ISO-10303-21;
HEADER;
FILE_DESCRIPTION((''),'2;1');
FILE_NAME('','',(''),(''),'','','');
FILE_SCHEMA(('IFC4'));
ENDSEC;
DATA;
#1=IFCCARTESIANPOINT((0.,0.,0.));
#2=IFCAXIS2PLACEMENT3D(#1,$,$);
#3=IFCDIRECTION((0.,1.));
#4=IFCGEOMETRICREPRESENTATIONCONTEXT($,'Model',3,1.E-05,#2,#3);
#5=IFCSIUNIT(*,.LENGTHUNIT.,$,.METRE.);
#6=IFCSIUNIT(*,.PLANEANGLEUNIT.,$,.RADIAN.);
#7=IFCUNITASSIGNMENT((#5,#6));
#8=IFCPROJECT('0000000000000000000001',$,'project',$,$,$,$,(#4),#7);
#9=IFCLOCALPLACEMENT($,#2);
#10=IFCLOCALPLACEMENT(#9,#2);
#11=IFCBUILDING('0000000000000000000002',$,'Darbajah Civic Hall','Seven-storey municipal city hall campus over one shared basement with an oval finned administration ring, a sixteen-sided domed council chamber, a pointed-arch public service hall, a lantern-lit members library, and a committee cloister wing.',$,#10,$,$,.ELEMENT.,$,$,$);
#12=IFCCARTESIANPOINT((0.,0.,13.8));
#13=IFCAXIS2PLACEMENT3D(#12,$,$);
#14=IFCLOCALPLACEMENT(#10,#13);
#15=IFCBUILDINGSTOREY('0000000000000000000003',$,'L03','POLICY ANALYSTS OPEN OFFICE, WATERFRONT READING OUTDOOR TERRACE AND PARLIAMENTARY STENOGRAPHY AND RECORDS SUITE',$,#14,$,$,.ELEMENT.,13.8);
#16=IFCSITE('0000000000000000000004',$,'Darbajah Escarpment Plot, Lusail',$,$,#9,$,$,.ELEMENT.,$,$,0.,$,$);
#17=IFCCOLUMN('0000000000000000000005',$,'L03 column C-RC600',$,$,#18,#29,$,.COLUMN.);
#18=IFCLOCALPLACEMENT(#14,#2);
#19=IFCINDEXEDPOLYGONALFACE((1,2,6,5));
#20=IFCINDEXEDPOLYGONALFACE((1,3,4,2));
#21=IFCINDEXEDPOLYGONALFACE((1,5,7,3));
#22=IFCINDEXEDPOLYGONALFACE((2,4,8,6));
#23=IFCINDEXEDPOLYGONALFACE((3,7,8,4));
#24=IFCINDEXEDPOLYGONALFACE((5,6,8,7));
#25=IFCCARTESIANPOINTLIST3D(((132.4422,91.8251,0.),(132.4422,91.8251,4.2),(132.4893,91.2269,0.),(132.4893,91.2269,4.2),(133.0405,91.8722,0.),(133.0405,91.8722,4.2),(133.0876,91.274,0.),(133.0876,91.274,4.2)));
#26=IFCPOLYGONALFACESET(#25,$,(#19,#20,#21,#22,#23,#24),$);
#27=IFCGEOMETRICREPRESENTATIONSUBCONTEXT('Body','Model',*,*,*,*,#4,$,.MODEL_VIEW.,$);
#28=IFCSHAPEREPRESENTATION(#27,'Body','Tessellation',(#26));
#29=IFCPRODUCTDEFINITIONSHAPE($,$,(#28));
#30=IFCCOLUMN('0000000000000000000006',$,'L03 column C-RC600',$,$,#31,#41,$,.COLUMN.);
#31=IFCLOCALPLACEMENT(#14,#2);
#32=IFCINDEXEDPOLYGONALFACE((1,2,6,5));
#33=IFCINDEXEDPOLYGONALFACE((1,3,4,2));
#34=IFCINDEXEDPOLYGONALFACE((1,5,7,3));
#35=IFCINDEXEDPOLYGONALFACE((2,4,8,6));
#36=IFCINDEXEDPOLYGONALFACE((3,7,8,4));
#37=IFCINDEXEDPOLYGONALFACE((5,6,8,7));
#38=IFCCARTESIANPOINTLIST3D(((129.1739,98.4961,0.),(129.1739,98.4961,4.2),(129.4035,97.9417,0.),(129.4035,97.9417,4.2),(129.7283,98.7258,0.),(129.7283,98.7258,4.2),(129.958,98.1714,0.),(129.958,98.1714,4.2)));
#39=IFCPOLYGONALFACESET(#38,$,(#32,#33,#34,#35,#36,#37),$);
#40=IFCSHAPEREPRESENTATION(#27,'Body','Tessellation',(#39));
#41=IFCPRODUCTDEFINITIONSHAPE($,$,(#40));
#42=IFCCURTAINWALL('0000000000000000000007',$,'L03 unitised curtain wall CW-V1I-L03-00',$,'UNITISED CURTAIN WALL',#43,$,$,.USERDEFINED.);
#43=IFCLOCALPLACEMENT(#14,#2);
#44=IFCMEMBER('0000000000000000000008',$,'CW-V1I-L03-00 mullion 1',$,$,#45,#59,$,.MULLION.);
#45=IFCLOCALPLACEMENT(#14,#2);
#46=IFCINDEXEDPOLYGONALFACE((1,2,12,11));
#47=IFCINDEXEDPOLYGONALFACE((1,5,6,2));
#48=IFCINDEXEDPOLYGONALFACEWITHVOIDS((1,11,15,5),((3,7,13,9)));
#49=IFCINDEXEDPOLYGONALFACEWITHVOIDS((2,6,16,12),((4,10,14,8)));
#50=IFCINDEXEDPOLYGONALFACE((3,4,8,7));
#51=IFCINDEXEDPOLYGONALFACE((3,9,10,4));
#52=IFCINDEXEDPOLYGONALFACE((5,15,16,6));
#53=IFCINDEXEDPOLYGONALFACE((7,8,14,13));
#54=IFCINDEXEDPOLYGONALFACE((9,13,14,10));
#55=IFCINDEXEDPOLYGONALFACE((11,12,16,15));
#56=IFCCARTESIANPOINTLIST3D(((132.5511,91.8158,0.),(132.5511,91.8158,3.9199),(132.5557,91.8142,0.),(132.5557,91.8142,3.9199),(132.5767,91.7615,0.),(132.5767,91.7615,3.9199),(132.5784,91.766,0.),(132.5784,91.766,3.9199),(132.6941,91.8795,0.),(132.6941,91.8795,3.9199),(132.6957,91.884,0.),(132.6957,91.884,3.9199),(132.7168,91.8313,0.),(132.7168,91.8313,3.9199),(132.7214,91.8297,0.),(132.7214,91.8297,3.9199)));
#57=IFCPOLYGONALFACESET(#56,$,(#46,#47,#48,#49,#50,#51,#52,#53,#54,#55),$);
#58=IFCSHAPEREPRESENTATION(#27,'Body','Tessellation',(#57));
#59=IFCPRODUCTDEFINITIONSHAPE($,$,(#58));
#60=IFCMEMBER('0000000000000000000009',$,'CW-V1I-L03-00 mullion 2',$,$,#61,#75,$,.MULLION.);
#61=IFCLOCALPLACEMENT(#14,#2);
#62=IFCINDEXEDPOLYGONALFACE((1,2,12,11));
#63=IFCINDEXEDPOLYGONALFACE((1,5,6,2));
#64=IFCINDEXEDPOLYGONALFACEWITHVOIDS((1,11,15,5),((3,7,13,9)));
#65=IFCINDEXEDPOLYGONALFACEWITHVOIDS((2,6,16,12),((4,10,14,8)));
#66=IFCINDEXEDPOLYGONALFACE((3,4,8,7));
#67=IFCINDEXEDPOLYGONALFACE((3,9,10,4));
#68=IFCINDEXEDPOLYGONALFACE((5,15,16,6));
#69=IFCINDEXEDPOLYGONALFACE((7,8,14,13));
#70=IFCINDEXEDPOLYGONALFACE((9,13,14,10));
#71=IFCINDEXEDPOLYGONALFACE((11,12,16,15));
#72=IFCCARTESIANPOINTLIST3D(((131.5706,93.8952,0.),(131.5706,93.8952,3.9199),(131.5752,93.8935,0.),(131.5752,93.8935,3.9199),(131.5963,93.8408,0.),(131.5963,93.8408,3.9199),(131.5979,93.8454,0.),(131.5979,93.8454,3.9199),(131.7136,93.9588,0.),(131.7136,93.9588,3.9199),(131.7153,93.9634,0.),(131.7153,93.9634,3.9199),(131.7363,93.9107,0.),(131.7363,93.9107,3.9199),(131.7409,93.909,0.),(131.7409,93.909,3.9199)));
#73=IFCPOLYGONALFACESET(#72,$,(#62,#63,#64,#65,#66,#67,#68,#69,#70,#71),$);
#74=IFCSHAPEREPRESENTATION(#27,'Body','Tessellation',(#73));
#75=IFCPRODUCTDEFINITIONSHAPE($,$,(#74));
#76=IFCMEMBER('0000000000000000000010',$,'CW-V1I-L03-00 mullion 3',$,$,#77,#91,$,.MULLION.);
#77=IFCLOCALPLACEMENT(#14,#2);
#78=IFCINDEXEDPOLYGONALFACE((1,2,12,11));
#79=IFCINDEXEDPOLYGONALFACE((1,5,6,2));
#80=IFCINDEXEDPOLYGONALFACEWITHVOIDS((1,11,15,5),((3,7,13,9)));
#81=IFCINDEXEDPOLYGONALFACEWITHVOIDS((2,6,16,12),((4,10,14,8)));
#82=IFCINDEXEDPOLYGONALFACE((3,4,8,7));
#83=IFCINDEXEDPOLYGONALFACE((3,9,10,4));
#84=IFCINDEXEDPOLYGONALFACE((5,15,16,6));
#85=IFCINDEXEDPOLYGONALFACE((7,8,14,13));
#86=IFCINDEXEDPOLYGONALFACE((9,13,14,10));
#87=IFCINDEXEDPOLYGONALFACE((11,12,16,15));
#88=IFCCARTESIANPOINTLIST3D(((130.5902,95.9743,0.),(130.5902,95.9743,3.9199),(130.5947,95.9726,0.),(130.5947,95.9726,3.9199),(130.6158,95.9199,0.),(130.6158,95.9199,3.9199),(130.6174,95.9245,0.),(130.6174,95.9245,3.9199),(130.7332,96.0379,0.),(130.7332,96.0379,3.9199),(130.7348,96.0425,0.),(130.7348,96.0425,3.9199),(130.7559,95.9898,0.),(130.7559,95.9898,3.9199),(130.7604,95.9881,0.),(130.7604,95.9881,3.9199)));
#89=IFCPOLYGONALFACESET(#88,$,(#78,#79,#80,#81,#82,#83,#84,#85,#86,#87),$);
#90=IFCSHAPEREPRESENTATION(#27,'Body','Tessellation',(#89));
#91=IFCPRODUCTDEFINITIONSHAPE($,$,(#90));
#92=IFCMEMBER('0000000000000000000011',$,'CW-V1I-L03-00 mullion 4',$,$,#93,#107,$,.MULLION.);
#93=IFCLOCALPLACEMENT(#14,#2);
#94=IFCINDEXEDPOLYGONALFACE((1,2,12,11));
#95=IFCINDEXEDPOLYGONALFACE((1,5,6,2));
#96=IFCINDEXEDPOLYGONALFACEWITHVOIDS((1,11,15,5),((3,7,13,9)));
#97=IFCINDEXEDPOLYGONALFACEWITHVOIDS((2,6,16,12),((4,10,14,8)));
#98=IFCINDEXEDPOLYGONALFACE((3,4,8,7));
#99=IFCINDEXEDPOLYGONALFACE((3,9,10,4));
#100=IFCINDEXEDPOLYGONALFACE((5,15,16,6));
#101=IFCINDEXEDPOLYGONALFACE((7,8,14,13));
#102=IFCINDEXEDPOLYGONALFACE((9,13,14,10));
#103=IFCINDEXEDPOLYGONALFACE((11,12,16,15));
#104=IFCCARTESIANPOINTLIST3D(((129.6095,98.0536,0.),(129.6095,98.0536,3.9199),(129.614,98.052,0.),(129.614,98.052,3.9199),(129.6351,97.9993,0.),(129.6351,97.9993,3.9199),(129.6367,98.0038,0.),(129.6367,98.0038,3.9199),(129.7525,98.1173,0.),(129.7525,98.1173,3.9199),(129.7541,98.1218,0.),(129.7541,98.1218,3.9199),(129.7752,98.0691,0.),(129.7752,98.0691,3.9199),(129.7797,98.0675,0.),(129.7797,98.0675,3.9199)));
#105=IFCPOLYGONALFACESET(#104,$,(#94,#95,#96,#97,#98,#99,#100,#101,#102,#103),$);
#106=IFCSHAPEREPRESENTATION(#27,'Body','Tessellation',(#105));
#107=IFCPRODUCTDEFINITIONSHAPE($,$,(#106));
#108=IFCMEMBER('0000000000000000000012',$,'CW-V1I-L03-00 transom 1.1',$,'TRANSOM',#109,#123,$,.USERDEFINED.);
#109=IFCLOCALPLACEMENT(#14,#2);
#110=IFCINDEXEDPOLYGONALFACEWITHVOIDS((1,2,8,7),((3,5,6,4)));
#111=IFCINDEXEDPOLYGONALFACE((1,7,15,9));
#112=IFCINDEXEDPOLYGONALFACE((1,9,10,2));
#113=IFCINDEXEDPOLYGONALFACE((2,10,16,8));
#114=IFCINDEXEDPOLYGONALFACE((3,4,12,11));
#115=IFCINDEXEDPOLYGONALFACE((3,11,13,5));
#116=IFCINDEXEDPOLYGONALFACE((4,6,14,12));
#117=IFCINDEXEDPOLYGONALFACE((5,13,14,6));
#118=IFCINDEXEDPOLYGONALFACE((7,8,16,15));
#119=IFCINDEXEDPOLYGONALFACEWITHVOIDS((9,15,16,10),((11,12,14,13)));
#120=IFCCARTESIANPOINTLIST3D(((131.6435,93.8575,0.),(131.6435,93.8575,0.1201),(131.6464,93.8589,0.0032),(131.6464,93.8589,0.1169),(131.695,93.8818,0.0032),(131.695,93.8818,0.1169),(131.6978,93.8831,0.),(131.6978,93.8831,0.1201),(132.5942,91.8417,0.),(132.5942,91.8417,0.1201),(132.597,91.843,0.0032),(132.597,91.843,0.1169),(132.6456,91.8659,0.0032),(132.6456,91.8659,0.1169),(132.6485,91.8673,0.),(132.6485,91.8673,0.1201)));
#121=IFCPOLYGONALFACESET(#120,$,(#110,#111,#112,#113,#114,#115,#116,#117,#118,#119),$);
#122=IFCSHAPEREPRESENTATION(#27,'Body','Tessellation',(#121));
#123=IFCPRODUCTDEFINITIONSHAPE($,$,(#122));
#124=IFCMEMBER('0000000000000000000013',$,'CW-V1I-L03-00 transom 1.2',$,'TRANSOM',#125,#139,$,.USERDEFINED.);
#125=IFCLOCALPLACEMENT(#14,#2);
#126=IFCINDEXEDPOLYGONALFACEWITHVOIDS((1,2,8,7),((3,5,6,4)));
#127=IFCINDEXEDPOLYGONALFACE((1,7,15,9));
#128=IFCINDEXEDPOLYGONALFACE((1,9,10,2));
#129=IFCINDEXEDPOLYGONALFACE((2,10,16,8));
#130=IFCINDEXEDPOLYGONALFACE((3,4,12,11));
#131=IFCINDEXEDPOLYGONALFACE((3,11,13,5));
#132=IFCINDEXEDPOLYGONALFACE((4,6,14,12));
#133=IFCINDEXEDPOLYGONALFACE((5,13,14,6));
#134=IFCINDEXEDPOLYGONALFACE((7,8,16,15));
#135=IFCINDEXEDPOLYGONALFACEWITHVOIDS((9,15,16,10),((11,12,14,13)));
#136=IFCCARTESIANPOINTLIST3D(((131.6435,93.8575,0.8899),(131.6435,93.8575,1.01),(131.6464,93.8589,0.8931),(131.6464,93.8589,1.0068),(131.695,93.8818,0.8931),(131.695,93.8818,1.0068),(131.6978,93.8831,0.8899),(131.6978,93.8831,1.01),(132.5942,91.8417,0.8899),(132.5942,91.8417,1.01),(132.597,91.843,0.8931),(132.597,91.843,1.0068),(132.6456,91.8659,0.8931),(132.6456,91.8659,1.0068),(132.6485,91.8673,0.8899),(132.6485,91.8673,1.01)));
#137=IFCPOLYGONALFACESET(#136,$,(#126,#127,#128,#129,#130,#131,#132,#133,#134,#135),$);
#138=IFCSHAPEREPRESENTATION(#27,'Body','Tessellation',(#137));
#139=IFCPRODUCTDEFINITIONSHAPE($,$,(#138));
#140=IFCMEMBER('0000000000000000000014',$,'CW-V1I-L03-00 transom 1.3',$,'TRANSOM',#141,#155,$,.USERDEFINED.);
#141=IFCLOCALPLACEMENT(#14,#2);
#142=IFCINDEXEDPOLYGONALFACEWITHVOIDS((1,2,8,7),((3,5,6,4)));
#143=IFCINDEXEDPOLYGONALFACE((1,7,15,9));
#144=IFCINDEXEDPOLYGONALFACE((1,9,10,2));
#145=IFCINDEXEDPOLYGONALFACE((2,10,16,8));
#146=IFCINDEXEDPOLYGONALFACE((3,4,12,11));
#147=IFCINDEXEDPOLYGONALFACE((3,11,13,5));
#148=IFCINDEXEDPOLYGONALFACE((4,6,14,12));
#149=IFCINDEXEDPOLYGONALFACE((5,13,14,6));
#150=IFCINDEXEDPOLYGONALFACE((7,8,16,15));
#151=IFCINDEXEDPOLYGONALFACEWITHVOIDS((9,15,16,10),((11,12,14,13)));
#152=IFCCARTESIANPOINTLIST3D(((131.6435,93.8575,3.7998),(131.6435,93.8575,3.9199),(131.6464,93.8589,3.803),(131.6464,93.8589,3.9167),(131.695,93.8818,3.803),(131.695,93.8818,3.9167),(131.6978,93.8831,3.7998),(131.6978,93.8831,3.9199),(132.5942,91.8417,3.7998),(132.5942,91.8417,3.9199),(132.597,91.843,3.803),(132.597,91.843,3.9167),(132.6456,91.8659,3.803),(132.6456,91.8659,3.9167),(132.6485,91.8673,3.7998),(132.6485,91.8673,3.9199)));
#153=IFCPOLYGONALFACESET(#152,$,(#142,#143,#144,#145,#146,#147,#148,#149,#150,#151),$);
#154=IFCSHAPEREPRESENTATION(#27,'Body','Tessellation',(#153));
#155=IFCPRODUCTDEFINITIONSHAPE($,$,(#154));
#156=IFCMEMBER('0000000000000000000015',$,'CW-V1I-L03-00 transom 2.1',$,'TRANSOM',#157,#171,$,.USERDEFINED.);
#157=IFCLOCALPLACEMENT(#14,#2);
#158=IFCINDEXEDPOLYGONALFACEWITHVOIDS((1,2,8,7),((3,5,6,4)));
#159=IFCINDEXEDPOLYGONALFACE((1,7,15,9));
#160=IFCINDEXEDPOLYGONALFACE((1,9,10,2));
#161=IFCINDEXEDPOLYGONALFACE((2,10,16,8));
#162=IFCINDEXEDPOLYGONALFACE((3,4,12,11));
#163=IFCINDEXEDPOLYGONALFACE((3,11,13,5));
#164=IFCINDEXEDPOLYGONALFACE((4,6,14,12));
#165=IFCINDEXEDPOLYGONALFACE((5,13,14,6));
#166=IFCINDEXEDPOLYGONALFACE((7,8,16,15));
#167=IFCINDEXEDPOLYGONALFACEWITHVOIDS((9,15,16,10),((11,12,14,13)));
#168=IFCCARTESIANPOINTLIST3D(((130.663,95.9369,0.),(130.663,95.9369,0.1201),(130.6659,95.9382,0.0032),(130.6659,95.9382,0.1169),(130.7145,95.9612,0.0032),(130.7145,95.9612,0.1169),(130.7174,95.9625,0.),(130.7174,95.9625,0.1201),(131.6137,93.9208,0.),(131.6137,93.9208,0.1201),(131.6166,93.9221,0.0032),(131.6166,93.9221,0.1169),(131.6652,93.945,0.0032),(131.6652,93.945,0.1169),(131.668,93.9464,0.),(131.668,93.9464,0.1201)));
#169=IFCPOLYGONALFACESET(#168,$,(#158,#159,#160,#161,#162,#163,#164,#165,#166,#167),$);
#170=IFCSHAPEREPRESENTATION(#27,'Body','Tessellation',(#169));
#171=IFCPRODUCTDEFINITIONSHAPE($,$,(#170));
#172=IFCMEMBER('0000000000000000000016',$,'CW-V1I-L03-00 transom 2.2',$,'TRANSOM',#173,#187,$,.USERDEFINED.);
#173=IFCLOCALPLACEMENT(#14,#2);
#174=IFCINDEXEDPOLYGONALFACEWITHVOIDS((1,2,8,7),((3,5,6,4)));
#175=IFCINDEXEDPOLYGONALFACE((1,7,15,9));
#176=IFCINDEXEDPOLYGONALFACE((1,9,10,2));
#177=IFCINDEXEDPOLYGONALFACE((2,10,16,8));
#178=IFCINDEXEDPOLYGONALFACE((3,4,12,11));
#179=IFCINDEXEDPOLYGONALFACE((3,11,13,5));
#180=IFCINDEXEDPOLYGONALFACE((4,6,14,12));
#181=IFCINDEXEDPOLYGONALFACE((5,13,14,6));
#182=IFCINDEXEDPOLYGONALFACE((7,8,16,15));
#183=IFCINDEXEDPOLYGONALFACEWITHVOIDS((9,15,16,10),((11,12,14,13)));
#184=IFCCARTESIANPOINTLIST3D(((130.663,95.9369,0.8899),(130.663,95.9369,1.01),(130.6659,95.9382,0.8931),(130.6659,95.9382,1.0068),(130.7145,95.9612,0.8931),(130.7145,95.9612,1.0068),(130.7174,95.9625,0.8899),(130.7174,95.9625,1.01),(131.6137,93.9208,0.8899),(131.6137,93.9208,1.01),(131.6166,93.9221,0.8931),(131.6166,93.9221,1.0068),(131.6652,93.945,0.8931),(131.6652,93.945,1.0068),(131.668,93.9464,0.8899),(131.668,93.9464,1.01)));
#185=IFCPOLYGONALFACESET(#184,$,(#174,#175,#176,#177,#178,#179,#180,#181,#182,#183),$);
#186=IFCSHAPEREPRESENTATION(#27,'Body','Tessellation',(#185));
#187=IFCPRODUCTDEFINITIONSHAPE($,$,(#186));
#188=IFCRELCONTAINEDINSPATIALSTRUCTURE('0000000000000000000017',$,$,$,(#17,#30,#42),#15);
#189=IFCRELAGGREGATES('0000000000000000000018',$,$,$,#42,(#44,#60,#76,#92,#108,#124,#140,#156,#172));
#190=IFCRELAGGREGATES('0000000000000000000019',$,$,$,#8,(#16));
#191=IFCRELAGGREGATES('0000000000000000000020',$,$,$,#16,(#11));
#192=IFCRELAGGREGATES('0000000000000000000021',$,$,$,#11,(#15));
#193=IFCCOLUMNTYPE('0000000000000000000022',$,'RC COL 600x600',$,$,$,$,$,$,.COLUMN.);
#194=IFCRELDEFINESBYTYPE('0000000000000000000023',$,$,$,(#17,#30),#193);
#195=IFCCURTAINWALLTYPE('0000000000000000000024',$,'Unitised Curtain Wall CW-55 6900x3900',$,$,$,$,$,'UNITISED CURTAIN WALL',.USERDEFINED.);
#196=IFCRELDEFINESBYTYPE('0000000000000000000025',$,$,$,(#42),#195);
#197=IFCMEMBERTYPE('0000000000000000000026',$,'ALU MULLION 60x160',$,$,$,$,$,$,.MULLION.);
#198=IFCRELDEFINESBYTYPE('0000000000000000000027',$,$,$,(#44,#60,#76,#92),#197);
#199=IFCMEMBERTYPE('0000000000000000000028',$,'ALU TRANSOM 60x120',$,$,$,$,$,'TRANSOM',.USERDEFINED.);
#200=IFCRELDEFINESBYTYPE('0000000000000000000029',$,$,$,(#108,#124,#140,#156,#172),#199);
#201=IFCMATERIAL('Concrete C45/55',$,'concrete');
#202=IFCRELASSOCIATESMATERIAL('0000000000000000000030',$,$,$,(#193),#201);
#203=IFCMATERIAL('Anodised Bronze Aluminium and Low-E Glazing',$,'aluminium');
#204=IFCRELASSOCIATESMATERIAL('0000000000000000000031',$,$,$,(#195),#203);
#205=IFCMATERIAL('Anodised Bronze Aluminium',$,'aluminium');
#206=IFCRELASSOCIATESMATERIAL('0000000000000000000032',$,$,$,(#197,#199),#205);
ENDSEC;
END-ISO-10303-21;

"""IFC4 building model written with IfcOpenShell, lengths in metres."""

from ifc_helpers import new_model, si_unit, direction, frame, origin, origin_2d, place, context, subcontext, project, spatial, rectangle, hollow_rectangle, extrude, material, material_profile, profile_set, type_object, element, aggregate, save


model = new_model("IFC4")

# Units and contexts
model_context = context("Model", 3, precision=1e-05, world=origin(), true_north=direction((0.0, 1.0)))
body_context = subcontext(model_context, "Body", "Model", "MODEL_VIEW")
ifc_project = project(units=[si_unit("LENGTHUNIT", "METRE"), si_unit("PLANEANGLEUNIT", "RADIAN")], contexts=[model_context])

# Site, building, storey
site_placement = place(None, origin())
site = spatial("IfcSite", under=ifc_project, at=site_placement, Name="Darbajah Escarpment Plot, Lusail", CompositionType="ELEMENT", RefElevation=0.0)
building_placement = place(site_placement, origin())
building = spatial("IfcBuilding", under=site, at=building_placement, Name="Darbajah Civic Hall", Description="Seven-storey municipal city hall campus over one shared basement with an oval finned administration ring, a sixteen-sided domed council chamber, a pointed-arch public service hall, a lantern-lit members library, and a committee cloister wing.", CompositionType="ELEMENT")
storey_placement = place(building_placement, frame((0.0, 0.0, 13.8)))
storey = spatial("IfcBuildingStorey", under=building, at=storey_placement, Name="L03", Description="POLICY ANALYSTS OPEN OFFICE, WATERFRONT READING OUTDOOR TERRACE AND PARLIAMENTARY STENOGRAPHY AND RECORDS SUITE", CompositionType="ELEMENT", Elevation=13.8)

# Columns
ifc_material_1 = material(Name="Concrete C45/55", Category="concrete")
ifc_material_profile_1 = material_profile(ifc_material_1, rectangle(XDim=0.6001, YDim=0.6001, at=origin_2d()), Name="RC COL 600x600")
ifc_profile_set_1 = profile_set([ifc_material_profile_1], Name="Concrete C45/55")
column_type = type_object("IfcColumnType", Name="RC COL 600x600", PredefinedType="COLUMN", material=ifc_profile_set_1)
for number, where, z_axis, x_axis, name in (
    (1, (132.7649, 91.5496, 0.0), (0.0, 0.0, 1.0), (0.996917, 0.078459, 0.0), "L03 column C-RC600"),
    (2, (129.5659, 98.3337, 0.0), (0.0, 0.0, 1.0), (0.92388, 0.382683, 0.0), "L03 column C-RC600"),
):
    element("IfcColumn", number, at=place(storey_placement, frame(where, z_axis=z_axis, x_axis=x_axis)), inside=storey, type_object=column_type, Name=name, PredefinedType="COLUMN", context=body_context, shape_type="SweptSolid", body=[
        extrude(rectangle(XDim=0.6001, YDim=0.6001, at=origin_2d()), origin(), (0.0, 0.0, 1.0), 4.2),
    ])

# Curtain wall, members
ifc_material_2 = material(Name="Anodised Bronze Aluminium and Low-E Glazing", Category="aluminium")
curtain_wall_type = type_object("IfcCurtainWallType", Name="Unitised Curtain Wall CW-55 6900x3900", ElementType="UNITISED CURTAIN WALL", PredefinedType="USERDEFINED", material=ifc_material_2)
curtain_wall_placement = place(storey_placement, origin())
curtain_wall = element("IfcCurtainWall", 3, at=curtain_wall_placement, inside=storey, type_object=curtain_wall_type, Name="L03 unitised curtain wall CW-V1I-L03-00", ObjectType="UNITISED CURTAIN WALL", PredefinedType="USERDEFINED")
ifc_material_3 = material(Name="Anodised Bronze Aluminium", Category="aluminium")
ifc_material_profile_2 = material_profile(ifc_material_3, hollow_rectangle(XDim=0.0601, YDim=0.1599, WallThickness=0.0034, at=origin_2d()), Name="ALU MULLION 60x160")
ifc_profile_set_2 = profile_set([ifc_material_profile_2], Name="Anodised Bronze Aluminium")
member_type_1 = type_object("IfcMemberType", Name="ALU MULLION 60x160", PredefinedType="MULLION", material=ifc_profile_set_2)
member_1_placement = place(storey_placement, frame((132.6362, 91.8228, 0.0), z_axis=(0.0, 0.0, 1.0), x_axis=(-0.426569, 0.904455, 0.0)))
member_1 = element("IfcMember", 4, at=member_1_placement, type_object=member_type_1, Name="CW-V1I-L03-00 mullion 1", PredefinedType="MULLION", context=body_context, shape_type="SweptSolid", body=[
    extrude(hollow_rectangle(XDim=0.0601, YDim=0.1599, WallThickness=0.0034, at=origin_2d()), origin(), (0.0, 0.0, 1.0), 3.9199),
])
member_2_placement = place(storey_placement, frame((131.6558, 93.9021, 0.0), z_axis=(0.0, 0.0, 1.0), x_axis=(-0.426569, 0.904455, 0.0)))
member_2 = element("IfcMember", 5, at=member_2_placement, type_object=member_type_1, Name="CW-V1I-L03-00 mullion 2", PredefinedType="MULLION", context=body_context, shape_type="SweptSolid", body=[
    extrude(hollow_rectangle(XDim=0.0601, YDim=0.1599, WallThickness=0.0034, at=origin_2d()), origin(), (0.0, 0.0, 1.0), 3.9199),
])
member_3_placement = place(storey_placement, frame((130.6753, 95.9812, 0.0), z_axis=(0.0, 0.0, 1.0), x_axis=(-0.426569, 0.904455, 0.0)))
member_3 = element("IfcMember", 6, at=member_3_placement, type_object=member_type_1, Name="CW-V1I-L03-00 mullion 3", PredefinedType="MULLION", context=body_context, shape_type="SweptSolid", body=[
    extrude(hollow_rectangle(XDim=0.0601, YDim=0.1599, WallThickness=0.0034, at=origin_2d()), origin(), (0.0, 0.0, 1.0), 3.9199),
])
member_4_placement = place(storey_placement, frame((129.6946, 98.0605, 0.0), z_axis=(0.0, 0.0, 1.0), x_axis=(-0.426569, 0.904455, 0.0)))
member_4 = element("IfcMember", 7, at=member_4_placement, type_object=member_type_1, Name="CW-V1I-L03-00 mullion 4", PredefinedType="MULLION", context=body_context, shape_type="SweptSolid", body=[
    extrude(hollow_rectangle(XDim=0.0601, YDim=0.1599, WallThickness=0.0034, at=origin_2d()), origin(), (0.0, 0.0, 1.0), 3.9199),
])
ifc_material_profile_3 = material_profile(ifc_material_3, hollow_rectangle(XDim=0.0601, YDim=0.1201, WallThickness=0.0032, at=origin_2d()), Name="ALU TRANSOM 60x120")
ifc_profile_set_3 = profile_set([ifc_material_profile_3], Name="Anodised Bronze Aluminium")
member_type_2 = type_object("IfcMemberType", Name="ALU TRANSOM 60x120", ElementType="TRANSOM", PredefinedType="USERDEFINED", material=ifc_profile_set_3)
member_5_placement = place(storey_placement, frame((132.6213, 91.8545, 0.0601), z_axis=(-0.426546, 0.904466, 0.0), x_axis=(-0.904466, -0.426546, 0.0)))
member_5 = element("IfcMember", 8, at=member_5_placement, type_object=member_type_2, Name="CW-V1I-L03-00 transom 1.1", ObjectType="TRANSOM", PredefinedType="USERDEFINED", context=body_context, shape_type="SweptSolid", body=[
    extrude(hollow_rectangle(XDim=0.0601, YDim=0.1201, WallThickness=0.0032, at=origin_2d()), origin(), (0.0, 0.0, 1.0), 2.2288),
])
member_6_placement = place(storey_placement, frame((132.6213, 91.8545, 0.95), z_axis=(-0.426546, 0.904466, 0.0), x_axis=(-0.904466, -0.426546, 0.0)))
member_6 = element("IfcMember", 9, at=member_6_placement, type_object=member_type_2, Name="CW-V1I-L03-00 transom 1.2", ObjectType="TRANSOM", PredefinedType="USERDEFINED", context=body_context, shape_type="SweptSolid", body=[
    extrude(hollow_rectangle(XDim=0.0601, YDim=0.1201, WallThickness=0.0032, at=origin_2d()), origin(), (0.0, 0.0, 1.0), 2.2288),
])
member_7_placement = place(storey_placement, frame((132.6213, 91.8545, 3.8599), z_axis=(-0.426546, 0.904466, 0.0), x_axis=(-0.904466, -0.426546, 0.0)))
member_7 = element("IfcMember", 10, at=member_7_placement, type_object=member_type_2, Name="CW-V1I-L03-00 transom 1.3", ObjectType="TRANSOM", PredefinedType="USERDEFINED", context=body_context, shape_type="SweptSolid", body=[
    extrude(hollow_rectangle(XDim=0.0601, YDim=0.1201, WallThickness=0.0032, at=origin_2d()), origin(), (0.0, 0.0, 1.0), 2.2288),
])
member_8_placement = place(storey_placement, frame((131.6409, 93.9336, 0.0601), z_axis=(-0.426504, 0.904486, 0.0), x_axis=(-0.904486, -0.426504, 0.0)))
member_8 = element("IfcMember", 11, at=member_8_placement, type_object=member_type_2, Name="CW-V1I-L03-00 transom 2.1", ObjectType="TRANSOM", PredefinedType="USERDEFINED", context=body_context, shape_type="SweptSolid", body=[
    extrude(hollow_rectangle(XDim=0.0601, YDim=0.1201, WallThickness=0.0032, at=origin_2d()), origin(), (0.0, 0.0, 1.0), 2.229),
])
member_9_placement = place(storey_placement, frame((131.6409, 93.9336, 0.95), z_axis=(-0.426504, 0.904486, 0.0), x_axis=(-0.904486, -0.426504, 0.0)))
member_9 = element("IfcMember", 12, at=member_9_placement, type_object=member_type_2, Name="CW-V1I-L03-00 transom 2.2", ObjectType="TRANSOM", PredefinedType="USERDEFINED", context=body_context, shape_type="SweptSolid", body=[
    extrude(hollow_rectangle(XDim=0.0601, YDim=0.1201, WallThickness=0.0032, at=origin_2d()), origin(), (0.0, 0.0, 1.0), 2.229),
])

aggregate(curtain_wall, [member_1, member_2, member_3, member_4, member_5, member_6, member_7, member_8, member_9])

save(model, "model.ifc")
